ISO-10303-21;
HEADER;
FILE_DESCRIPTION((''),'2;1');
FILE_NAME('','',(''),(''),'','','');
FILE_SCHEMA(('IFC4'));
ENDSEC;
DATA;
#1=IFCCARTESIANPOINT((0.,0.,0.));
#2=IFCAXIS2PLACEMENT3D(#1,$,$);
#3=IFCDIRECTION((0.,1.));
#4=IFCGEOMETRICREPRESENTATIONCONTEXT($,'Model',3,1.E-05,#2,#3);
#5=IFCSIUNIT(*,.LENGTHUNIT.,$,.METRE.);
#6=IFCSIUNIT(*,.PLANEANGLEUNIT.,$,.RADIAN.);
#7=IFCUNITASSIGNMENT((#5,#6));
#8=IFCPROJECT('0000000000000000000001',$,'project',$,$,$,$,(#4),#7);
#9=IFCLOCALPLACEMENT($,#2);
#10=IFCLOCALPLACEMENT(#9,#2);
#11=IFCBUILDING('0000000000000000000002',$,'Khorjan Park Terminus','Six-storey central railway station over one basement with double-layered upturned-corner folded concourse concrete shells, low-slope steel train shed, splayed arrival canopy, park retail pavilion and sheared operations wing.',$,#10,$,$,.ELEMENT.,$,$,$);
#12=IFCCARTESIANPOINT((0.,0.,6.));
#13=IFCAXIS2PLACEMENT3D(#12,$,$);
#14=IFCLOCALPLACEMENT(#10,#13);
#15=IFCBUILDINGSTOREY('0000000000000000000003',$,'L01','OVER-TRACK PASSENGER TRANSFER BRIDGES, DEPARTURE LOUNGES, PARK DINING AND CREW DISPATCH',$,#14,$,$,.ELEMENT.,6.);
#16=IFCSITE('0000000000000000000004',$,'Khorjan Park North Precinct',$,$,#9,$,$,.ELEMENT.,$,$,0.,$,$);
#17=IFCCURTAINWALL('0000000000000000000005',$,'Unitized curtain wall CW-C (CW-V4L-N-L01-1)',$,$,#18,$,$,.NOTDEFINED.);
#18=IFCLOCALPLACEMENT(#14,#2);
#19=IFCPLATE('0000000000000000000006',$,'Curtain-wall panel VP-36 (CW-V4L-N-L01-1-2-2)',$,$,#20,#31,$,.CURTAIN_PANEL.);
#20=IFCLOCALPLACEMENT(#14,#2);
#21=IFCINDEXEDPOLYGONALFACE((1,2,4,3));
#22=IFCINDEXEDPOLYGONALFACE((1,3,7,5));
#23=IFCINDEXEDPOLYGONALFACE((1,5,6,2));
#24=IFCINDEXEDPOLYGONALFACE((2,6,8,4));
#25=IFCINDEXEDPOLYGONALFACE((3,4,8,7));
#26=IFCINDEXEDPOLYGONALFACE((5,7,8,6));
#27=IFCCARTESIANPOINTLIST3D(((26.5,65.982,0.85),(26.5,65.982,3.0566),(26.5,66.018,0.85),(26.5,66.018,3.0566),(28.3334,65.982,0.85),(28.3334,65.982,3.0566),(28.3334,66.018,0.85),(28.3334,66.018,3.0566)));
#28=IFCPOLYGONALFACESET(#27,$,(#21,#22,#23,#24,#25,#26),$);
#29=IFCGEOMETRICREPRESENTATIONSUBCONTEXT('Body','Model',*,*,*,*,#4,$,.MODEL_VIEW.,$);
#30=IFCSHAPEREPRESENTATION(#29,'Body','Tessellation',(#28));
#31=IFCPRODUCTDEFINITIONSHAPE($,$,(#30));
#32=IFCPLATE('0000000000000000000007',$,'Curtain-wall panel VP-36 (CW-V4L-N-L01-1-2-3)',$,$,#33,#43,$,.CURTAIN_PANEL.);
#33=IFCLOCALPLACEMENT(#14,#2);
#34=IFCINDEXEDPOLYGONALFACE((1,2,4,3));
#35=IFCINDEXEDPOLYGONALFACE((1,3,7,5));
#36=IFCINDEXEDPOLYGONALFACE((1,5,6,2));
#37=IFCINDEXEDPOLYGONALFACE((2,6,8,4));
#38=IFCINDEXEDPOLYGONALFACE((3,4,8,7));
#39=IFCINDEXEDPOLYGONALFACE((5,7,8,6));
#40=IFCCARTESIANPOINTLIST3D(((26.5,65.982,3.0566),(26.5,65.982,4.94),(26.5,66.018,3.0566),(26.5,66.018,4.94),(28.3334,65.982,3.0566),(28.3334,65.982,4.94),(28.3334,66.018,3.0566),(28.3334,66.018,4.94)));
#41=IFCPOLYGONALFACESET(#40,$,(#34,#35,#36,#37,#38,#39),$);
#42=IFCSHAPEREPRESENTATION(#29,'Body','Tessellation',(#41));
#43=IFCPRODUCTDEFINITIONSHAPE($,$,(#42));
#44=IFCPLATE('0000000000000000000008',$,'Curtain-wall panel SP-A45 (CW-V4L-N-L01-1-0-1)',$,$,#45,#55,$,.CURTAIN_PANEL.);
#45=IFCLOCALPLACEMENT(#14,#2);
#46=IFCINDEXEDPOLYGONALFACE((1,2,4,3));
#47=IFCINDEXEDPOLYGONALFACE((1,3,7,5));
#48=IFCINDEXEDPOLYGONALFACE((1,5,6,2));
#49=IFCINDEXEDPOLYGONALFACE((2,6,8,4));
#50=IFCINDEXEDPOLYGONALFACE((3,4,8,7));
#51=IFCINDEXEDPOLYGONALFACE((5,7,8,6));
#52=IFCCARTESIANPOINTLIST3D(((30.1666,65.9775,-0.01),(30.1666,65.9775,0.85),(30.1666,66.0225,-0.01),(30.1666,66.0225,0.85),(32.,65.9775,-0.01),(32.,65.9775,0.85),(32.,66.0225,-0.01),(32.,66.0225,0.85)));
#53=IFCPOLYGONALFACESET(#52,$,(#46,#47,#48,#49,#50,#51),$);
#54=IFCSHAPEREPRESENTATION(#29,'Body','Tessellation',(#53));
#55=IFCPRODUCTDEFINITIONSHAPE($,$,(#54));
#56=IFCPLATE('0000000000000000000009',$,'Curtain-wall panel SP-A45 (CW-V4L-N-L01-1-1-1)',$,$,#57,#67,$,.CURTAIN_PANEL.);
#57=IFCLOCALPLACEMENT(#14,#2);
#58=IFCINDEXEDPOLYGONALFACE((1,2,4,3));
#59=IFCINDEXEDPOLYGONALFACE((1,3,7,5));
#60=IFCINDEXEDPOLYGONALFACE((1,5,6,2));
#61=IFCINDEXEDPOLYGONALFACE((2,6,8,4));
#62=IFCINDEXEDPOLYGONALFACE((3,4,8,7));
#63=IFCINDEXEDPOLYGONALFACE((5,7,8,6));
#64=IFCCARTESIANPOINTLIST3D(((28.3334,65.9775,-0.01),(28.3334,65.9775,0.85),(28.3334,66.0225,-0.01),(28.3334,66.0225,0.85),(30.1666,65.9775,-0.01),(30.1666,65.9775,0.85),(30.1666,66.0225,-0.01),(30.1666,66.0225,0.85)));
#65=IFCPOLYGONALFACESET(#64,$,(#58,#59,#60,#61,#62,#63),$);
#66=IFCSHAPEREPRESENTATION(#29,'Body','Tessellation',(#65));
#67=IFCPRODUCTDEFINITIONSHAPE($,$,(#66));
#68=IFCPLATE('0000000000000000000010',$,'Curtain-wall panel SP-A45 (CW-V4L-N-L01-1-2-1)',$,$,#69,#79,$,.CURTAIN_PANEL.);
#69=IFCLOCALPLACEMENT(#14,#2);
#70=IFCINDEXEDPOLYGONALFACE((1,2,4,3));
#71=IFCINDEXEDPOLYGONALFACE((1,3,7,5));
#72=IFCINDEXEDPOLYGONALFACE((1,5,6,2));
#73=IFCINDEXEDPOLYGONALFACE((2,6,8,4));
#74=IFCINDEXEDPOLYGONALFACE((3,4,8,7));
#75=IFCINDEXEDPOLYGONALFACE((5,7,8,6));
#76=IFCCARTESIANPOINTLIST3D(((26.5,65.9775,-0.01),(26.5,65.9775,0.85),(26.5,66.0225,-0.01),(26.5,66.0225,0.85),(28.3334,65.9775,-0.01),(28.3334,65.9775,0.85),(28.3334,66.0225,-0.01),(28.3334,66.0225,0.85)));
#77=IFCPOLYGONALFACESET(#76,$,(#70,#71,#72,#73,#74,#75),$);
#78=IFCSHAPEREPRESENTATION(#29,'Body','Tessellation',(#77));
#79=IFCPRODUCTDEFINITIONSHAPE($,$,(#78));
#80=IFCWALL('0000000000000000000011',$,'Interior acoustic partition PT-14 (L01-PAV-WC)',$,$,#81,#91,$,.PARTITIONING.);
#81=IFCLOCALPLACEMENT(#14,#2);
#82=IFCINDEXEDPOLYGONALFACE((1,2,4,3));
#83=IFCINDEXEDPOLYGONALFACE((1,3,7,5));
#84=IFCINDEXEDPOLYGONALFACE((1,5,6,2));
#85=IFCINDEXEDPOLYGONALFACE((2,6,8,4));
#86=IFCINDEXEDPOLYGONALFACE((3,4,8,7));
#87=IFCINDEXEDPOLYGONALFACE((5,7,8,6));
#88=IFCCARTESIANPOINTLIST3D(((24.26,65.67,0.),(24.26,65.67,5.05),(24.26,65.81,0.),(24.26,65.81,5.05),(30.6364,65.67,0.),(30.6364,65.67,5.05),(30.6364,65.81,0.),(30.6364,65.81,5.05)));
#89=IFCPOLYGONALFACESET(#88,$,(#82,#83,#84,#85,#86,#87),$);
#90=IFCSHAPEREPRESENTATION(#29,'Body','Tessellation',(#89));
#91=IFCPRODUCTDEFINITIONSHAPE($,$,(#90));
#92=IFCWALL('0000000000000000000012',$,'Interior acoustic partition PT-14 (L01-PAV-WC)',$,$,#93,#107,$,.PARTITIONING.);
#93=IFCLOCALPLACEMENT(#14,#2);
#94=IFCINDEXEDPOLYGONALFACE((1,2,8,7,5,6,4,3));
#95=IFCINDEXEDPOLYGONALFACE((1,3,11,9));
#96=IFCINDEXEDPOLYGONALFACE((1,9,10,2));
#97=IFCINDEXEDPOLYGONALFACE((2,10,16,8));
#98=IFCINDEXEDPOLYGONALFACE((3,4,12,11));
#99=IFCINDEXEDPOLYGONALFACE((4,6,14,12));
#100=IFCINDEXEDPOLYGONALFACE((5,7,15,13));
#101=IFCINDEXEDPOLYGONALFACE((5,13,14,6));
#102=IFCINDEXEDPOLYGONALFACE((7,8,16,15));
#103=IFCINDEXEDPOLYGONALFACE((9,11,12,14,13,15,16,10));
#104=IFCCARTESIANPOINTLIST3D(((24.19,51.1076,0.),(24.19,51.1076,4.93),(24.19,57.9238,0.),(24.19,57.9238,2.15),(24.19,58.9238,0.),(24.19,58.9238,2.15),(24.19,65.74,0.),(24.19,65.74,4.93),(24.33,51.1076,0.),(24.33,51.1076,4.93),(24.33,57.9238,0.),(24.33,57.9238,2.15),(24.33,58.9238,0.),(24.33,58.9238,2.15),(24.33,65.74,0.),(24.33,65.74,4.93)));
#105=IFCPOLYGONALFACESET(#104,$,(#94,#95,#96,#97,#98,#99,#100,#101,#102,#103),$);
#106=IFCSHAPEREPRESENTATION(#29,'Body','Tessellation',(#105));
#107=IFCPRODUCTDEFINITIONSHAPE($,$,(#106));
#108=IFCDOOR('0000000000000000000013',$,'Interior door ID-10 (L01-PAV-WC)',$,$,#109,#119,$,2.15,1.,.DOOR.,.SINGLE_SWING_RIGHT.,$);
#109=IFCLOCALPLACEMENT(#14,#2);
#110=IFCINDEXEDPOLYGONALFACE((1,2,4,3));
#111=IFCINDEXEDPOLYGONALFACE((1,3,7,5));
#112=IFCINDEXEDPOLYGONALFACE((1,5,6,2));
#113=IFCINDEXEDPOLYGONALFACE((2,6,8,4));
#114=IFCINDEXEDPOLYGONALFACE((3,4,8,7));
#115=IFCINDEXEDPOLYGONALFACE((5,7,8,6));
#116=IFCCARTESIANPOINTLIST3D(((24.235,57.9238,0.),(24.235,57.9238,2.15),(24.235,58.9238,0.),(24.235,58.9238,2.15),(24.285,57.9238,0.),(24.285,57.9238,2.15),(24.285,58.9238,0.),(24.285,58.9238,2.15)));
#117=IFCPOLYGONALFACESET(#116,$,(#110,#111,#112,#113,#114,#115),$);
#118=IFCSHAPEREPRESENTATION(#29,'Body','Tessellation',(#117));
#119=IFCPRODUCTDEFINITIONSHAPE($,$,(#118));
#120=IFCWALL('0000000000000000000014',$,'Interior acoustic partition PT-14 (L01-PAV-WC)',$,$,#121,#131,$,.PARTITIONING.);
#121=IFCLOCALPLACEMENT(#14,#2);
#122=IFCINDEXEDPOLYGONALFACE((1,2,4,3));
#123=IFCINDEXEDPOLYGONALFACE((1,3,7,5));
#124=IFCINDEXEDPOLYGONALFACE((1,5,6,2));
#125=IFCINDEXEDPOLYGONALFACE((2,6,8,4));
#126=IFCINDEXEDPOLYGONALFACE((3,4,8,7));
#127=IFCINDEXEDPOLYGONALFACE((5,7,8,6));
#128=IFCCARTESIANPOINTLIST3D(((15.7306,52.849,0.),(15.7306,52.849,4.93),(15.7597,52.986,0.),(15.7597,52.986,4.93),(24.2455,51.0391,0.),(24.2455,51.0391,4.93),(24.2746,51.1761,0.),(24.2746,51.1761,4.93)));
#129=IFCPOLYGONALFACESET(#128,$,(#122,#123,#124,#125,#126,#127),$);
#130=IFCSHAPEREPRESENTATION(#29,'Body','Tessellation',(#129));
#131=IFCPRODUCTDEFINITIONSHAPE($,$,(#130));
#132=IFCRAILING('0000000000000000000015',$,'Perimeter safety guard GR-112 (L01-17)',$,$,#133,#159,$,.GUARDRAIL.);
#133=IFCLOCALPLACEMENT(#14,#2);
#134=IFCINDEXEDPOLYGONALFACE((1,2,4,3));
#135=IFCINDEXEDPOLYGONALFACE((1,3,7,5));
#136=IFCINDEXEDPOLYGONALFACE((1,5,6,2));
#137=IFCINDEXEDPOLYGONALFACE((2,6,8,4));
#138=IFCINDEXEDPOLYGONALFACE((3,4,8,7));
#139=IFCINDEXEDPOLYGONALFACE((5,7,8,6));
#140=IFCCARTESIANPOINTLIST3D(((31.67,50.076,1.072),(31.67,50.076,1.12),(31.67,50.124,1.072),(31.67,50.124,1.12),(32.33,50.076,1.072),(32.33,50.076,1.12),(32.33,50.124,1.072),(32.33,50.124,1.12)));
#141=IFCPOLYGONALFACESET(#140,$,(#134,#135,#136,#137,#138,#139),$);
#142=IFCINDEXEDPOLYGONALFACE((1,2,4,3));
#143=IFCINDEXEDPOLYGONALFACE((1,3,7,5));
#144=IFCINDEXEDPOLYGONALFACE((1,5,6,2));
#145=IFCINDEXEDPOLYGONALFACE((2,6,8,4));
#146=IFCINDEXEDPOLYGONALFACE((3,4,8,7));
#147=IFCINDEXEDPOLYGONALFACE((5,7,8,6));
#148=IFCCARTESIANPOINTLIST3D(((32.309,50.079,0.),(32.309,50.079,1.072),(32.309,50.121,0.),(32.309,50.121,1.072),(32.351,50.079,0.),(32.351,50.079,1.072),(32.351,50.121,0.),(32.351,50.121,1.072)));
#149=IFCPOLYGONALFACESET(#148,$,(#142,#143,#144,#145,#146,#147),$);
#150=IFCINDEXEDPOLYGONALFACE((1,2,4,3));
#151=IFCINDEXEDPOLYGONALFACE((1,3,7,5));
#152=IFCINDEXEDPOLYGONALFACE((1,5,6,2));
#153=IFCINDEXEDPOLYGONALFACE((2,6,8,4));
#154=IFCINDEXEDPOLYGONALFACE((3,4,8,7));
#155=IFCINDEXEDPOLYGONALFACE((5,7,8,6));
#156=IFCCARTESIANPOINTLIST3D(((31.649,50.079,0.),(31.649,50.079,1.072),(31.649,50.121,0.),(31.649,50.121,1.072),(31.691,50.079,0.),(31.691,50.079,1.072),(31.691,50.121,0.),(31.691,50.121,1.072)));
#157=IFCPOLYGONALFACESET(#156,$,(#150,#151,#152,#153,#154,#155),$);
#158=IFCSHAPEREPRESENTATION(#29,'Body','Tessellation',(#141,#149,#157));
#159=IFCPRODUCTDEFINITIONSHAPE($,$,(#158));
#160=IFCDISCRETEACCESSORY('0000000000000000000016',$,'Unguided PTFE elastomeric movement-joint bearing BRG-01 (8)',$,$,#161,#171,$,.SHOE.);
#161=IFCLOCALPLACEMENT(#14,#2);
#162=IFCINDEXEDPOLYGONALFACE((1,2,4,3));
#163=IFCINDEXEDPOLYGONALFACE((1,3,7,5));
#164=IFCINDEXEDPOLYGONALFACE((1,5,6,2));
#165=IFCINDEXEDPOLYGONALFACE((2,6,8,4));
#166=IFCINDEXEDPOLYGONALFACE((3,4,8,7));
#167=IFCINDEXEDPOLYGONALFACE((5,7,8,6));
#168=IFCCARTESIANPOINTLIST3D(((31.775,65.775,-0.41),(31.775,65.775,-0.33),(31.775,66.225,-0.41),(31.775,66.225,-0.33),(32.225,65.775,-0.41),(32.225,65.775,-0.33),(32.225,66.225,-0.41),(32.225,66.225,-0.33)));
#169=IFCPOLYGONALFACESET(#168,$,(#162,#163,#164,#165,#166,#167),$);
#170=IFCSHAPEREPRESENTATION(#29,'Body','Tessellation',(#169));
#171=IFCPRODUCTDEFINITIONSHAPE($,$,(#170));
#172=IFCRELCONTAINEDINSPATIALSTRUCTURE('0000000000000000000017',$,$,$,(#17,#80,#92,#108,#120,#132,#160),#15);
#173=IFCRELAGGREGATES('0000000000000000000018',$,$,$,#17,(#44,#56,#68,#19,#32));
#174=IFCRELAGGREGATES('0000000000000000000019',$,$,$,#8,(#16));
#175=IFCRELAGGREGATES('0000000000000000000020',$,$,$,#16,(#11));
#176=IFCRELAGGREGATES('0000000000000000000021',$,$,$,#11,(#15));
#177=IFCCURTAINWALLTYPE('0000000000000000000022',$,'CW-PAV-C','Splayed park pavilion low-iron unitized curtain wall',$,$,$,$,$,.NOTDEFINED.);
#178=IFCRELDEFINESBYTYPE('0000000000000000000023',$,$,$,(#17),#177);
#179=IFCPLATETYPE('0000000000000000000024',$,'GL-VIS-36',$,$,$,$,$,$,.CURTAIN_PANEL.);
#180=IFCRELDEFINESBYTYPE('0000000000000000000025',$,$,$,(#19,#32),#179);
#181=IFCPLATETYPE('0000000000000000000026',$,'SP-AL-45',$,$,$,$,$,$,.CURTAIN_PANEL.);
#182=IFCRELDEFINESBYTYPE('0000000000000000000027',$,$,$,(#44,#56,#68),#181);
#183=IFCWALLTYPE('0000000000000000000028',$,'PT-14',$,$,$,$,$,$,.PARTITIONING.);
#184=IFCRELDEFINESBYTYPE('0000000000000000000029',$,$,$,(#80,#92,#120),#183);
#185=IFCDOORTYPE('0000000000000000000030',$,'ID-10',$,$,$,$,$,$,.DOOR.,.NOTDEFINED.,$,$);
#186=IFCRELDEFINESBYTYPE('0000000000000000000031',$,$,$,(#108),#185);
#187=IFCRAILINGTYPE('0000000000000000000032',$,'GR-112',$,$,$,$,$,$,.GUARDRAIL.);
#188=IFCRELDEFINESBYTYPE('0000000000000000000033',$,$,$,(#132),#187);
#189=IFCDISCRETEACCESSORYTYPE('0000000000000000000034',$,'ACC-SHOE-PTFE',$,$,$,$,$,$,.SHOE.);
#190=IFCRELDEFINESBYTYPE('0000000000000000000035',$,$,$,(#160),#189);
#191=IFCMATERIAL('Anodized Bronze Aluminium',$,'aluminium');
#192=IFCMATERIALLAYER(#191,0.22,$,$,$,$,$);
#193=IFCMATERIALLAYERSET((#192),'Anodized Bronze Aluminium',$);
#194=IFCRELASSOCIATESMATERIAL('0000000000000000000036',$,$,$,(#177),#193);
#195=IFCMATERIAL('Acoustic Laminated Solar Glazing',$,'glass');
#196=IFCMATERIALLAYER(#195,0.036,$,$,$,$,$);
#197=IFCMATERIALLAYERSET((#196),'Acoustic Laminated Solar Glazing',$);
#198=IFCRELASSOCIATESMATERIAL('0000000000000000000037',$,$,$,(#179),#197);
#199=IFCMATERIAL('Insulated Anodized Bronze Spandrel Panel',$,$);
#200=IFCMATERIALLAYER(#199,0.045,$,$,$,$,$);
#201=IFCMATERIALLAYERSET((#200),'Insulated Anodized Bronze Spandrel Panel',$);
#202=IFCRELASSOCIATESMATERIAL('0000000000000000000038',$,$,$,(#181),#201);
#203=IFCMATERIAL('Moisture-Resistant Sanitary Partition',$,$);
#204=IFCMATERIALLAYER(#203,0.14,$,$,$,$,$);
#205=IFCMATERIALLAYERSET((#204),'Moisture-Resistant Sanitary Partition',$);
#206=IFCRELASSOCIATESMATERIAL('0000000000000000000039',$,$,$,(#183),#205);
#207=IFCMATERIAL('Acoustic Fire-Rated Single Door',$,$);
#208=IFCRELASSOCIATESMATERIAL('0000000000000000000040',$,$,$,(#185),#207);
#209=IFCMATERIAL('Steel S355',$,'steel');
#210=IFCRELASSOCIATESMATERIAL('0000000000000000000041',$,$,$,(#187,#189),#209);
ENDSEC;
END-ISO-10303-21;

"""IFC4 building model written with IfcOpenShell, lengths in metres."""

from ifc_helpers import new_model, si_unit, direction, frame, frame_2d, origin, origin_2d, place, context, subcontext, project, spatial, rectangle, extrude, material, layer, layer_set, type_object, element, fill, aggregate, save


model = new_model("IFC4")

# Units and contexts
model_context = context("Model", 3, precision=1e-05, world=origin(), true_north=direction((0.0, 1.0)))
body_context = subcontext(model_context, "Body", "Model", "MODEL_VIEW")
ifc_project = project(units=[si_unit("LENGTHUNIT", "METRE"), si_unit("PLANEANGLEUNIT", "RADIAN")], contexts=[model_context])

# Site, building, storey
site_placement = place(None, origin())
site = spatial("IfcSite", under=ifc_project, at=site_placement, Name="Khorjan Park North Precinct", CompositionType="ELEMENT", RefElevation=0.0)
building_placement = place(site_placement, origin())
building = spatial("IfcBuilding", under=site, at=building_placement, Name="Khorjan Park Terminus", Description="Six-storey central railway station over one basement with double-layered upturned-corner folded concourse concrete shells, low-slope steel train shed, splayed arrival canopy, park retail pavilion and sheared operations wing.", CompositionType="ELEMENT")
storey_placement = place(building_placement, frame((0.0, 0.0, 6.0)))
storey = spatial("IfcBuildingStorey", under=building, at=storey_placement, Name="L01", Description="OVER-TRACK PASSENGER TRANSFER BRIDGES, DEPARTURE LOUNGES, PARK DINING AND CREW DISPATCH", CompositionType="ELEMENT", Elevation=6.0)

# Shared definitions
ifc_material_1 = material(Name="Steel S355", Category="steel")

# Curtain wall
ifc_material_2 = material(Name="Anodized Bronze Aluminium", Category="aluminium")
ifc_layer_1 = layer(ifc_material_2, 0.22)
ifc_layer_set_1 = layer_set([ifc_layer_1], Name="Anodized Bronze Aluminium")
curtain_wall_type = type_object("IfcCurtainWallType", Name="CW-PAV-C", Description="Splayed park pavilion low-iron unitized curtain wall", PredefinedType="NOTDEFINED", material=ifc_layer_set_1)
curtain_wall_1_placement = place(storey_placement, origin())
curtain_wall_1 = element("IfcCurtainWall", 1, at=curtain_wall_1_placement, inside=storey, type_object=curtain_wall_type, Name="Unitized curtain wall CW-C (CW-V4L-N-L01-1)", PredefinedType="NOTDEFINED")

# Plates
ifc_material_3 = material(Name="Acoustic Laminated Solar Glazing", Category="glass")
ifc_layer_2 = layer(ifc_material_3, 0.036)
ifc_layer_set_2 = layer_set([ifc_layer_2], Name="Acoustic Laminated Solar Glazing")
plate_type_1 = type_object("IfcPlateType", Name="GL-VIS-36", PredefinedType="CURTAIN_PANEL", material=ifc_layer_set_2)
plate_1_placement = place(storey_placement, frame((27.4167, 66.0, 0.85), z_axis=(0.0, 0.0, 1.0), x_axis=(-1.0, 0.0, 0.0)))
plate_1 = element("IfcPlate", 2, at=plate_1_placement, type_object=plate_type_1, Name="Curtain-wall panel VP-36 (CW-V4L-N-L01-1-2-2)", PredefinedType="CURTAIN_PANEL", context=body_context, shape_type="SweptSolid", body=[
    extrude(rectangle(XDim=1.8333, YDim=0.036, at=origin_2d()), origin(), (0.0, 0.0, 1.0), 2.2066),
])
plate_2_placement = place(storey_placement, frame((27.4167, 66.0, 3.0566), z_axis=(0.0, 0.0, 1.0), x_axis=(-1.0, 0.0, 0.0)))
plate_2 = element("IfcPlate", 3, at=plate_2_placement, type_object=plate_type_1, Name="Curtain-wall panel VP-36 (CW-V4L-N-L01-1-2-3)", PredefinedType="CURTAIN_PANEL", context=body_context, shape_type="SweptSolid", body=[
    extrude(rectangle(XDim=1.8333, YDim=0.036, at=origin_2d()), origin(), (0.0, 0.0, 1.0), 1.8834),
])
ifc_material_4 = material(Name="Insulated Anodized Bronze Spandrel Panel")
ifc_layer_3 = layer(ifc_material_4, 0.045)
ifc_layer_set_3 = layer_set([ifc_layer_3], Name="Insulated Anodized Bronze Spandrel Panel")
plate_type_2 = type_object("IfcPlateType", Name="SP-AL-45", PredefinedType="CURTAIN_PANEL", material=ifc_layer_set_3)
plate_3_placement = place(storey_placement, frame((31.0833, 66.0, -0.01), z_axis=(0.0, 0.0, 1.0), x_axis=(-1.0, 0.0, 0.0)))
plate_3 = element("IfcPlate", 4, at=plate_3_placement, type_object=plate_type_2, Name="Curtain-wall panel SP-A45 (CW-V4L-N-L01-1-0-1)", PredefinedType="CURTAIN_PANEL", context=body_context, shape_type="SweptSolid", body=[
    extrude(rectangle(XDim=1.8333, YDim=0.045, at=origin_2d()), origin(), (0.0, 0.0, 1.0), 0.86),
])
plate_4_placement = place(storey_placement, frame((29.25, 66.0, -0.01), z_axis=(0.0, 0.0, 1.0), x_axis=(-1.0, 0.0, 0.0)))
plate_4 = element("IfcPlate", 5, at=plate_4_placement, type_object=plate_type_2, Name="Curtain-wall panel SP-A45 (CW-V4L-N-L01-1-1-1)", PredefinedType="CURTAIN_PANEL", context=body_context, shape_type="SweptSolid", body=[
    extrude(rectangle(XDim=1.8333, YDim=0.045, at=origin_2d()), origin(), (0.0, 0.0, 1.0), 0.86),
])
plate_5_placement = place(storey_placement, frame((27.4167, 66.0, -0.01), z_axis=(0.0, 0.0, 1.0), x_axis=(-1.0, 0.0, 0.0)))
plate_5 = element("IfcPlate", 6, at=plate_5_placement, type_object=plate_type_2, Name="Curtain-wall panel SP-A45 (CW-V4L-N-L01-1-2-1)", PredefinedType="CURTAIN_PANEL", context=body_context, shape_type="SweptSolid", body=[
    extrude(rectangle(XDim=1.8333, YDim=0.045, at=origin_2d()), origin(), (0.0, 0.0, 1.0), 0.86),
])
aggregate(curtain_wall_1, [plate_3, plate_4, plate_5, plate_1, plate_2])

# Wall
ifc_material_5 = material(Name="Moisture-Resistant Sanitary Partition")
ifc_layer_4 = layer(ifc_material_5, 0.14)
ifc_layer_set_4 = layer_set([ifc_layer_4], Name="Moisture-Resistant Sanitary Partition")
wall_type = type_object("IfcWallType", Name="PT-14", PredefinedType="PARTITIONING", material=ifc_layer_set_4)
wall_1_placement = place(storey_placement, frame((30.6364, 65.74, 0.0), z_axis=(0.0, 0.0, 1.0), x_axis=(-1.0, 0.0, 0.0)))
element("IfcWall", 7, at=wall_1_placement, inside=storey, type_object=wall_type, Name="Interior acoustic partition PT-14 (L01-PAV-WC)", PredefinedType="PARTITIONING", context=body_context, shape_type="SweptSolid", body=[
    extrude(rectangle(XDim=6.3764, YDim=0.14, at=frame_2d((3.1882, 0.0))), origin(), (0.0, 0.0, 1.0), 5.05),
])

# Wall, opening, door
wall_2_placement = place(storey_placement, frame((24.26, 65.74, 0.0), z_axis=(0.0, 0.0, 1.0), x_axis=(0.0, -1.0, 0.0)))
wall_2 = element("IfcWall", 8, at=wall_2_placement, inside=storey, type_object=wall_type, Name="Interior acoustic partition PT-14 (L01-PAV-WC)", PredefinedType="PARTITIONING", context=body_context, shape_type="SweptSolid", body=[
    extrude(rectangle(XDim=14.6324, YDim=0.14, at=frame_2d((7.3162, 0.0))), origin(), (0.0, 0.0, 1.0), 4.93),
])
opening_placement = place(wall_2_placement, frame((6.8162, 0.0, 0.0)))
opening = element("IfcOpeningElement", 9, at=opening_placement, cuts=wall_2, PredefinedType="OPENING", context=body_context, shape_type="SweptSolid", body=[
    extrude(rectangle(XDim=1.0, YDim=2.15, at=frame_2d((0.5, 1.075))), frame((0.0, 0.08, 0.0), z_axis=(0.0, -1.0, 0.0), x_axis=(1.0, 0.0, 0.0)), (0.0, 0.0, 1.0), 0.16),
])
ifc_material_6 = material(Name="Acoustic Fire-Rated Single Door")
door_type = type_object("IfcDoorType", Name="ID-10", OperationType="NOTDEFINED", PredefinedType="DOOR", material=ifc_material_6)
door_placement = place(opening_placement, origin())
door = element("IfcDoor", 10, at=door_placement, inside=storey, type_object=door_type, Name="Interior door ID-10 (L01-PAV-WC)", OperationType="SINGLE_SWING_RIGHT", OverallHeight=2.15, OverallWidth=1.0, PredefinedType="DOOR", context=body_context, shape_type="SweptSolid", body=[
    extrude(rectangle(XDim=1.0, YDim=2.15, at=frame_2d((0.5, 1.075))), frame((0.0, 0.025, 0.0), z_axis=(0.0, -1.0, 0.0), x_axis=(1.0, 0.0, 0.0)), (0.0, 0.0, 1.0), 0.05),
])
fill(opening, door)

# Wall
wall_3_placement = place(storey_placement, frame((24.26, 51.1076, 0.0), z_axis=(0.0, 0.0, 1.0), x_axis=(-0.978148, 0.207912, 0.0)))
element("IfcWall", 11, at=wall_3_placement, inside=storey, type_object=wall_type, Name="Interior acoustic partition PT-14 (L01-PAV-WC)", PredefinedType="PARTITIONING", context=body_context, shape_type="SweptSolid", body=[
    extrude(rectangle(XDim=8.7051, YDim=0.14, at=frame_2d((4.3525, 0.0))), origin(), (0.0, 0.0, 1.0), 4.93),
])

# Railing
railing_type = type_object("IfcRailingType", Name="GR-112", PredefinedType="GUARDRAIL", material=ifc_material_1)
railing_placement = place(storey_placement, frame((32.33, 50.1, 0.0)))
element("IfcRailing", 12, at=railing_placement, inside=storey, type_object=railing_type, Name="Perimeter safety guard GR-112 (L01-17)", PredefinedType="GUARDRAIL", context=body_context, shape_type="SweptSolid", body=[
    extrude(rectangle(XDim=0.048, YDim=0.048, at=origin_2d()), frame((0.0, 0.0, 1.096), z_axis=(-1.0, 0.0, 0.0), x_axis=(0.0, -1.0, 0.0)), (0.0, 0.0, 1.0), 0.66),
    extrude(rectangle(XDim=0.042, YDim=0.042, at=origin_2d()), origin(), (0.0, 0.0, 1.0), 1.072),
    extrude(rectangle(XDim=0.042, YDim=0.042, at=origin_2d()), frame((-0.66, 0.0, 0.0)), (0.0, 0.0, 1.0), 1.072),
])

# Discrete accessory
discrete_accessory_type = type_object("IfcDiscreteAccessoryType", Name="ACC-SHOE-PTFE", PredefinedType="SHOE", material=ifc_material_1)
discrete_accessory_placement = place(storey_placement, frame((32.0, 66.0, -0.41), z_axis=(0.0, 0.0, 1.0), x_axis=(1.0, 0.0, 0.0)))
element("IfcDiscreteAccessory", 13, at=discrete_accessory_placement, inside=storey, type_object=discrete_accessory_type, Name="Unguided PTFE elastomeric movement-joint bearing BRG-01 (8)", PredefinedType="SHOE", context=body_context, shape_type="SweptSolid", body=[
    extrude(rectangle(XDim=0.45, YDim=0.45, at=origin_2d()), origin(), (0.0, 0.0, 1.0), 0.08),
])

save(model, "model.ifc")
